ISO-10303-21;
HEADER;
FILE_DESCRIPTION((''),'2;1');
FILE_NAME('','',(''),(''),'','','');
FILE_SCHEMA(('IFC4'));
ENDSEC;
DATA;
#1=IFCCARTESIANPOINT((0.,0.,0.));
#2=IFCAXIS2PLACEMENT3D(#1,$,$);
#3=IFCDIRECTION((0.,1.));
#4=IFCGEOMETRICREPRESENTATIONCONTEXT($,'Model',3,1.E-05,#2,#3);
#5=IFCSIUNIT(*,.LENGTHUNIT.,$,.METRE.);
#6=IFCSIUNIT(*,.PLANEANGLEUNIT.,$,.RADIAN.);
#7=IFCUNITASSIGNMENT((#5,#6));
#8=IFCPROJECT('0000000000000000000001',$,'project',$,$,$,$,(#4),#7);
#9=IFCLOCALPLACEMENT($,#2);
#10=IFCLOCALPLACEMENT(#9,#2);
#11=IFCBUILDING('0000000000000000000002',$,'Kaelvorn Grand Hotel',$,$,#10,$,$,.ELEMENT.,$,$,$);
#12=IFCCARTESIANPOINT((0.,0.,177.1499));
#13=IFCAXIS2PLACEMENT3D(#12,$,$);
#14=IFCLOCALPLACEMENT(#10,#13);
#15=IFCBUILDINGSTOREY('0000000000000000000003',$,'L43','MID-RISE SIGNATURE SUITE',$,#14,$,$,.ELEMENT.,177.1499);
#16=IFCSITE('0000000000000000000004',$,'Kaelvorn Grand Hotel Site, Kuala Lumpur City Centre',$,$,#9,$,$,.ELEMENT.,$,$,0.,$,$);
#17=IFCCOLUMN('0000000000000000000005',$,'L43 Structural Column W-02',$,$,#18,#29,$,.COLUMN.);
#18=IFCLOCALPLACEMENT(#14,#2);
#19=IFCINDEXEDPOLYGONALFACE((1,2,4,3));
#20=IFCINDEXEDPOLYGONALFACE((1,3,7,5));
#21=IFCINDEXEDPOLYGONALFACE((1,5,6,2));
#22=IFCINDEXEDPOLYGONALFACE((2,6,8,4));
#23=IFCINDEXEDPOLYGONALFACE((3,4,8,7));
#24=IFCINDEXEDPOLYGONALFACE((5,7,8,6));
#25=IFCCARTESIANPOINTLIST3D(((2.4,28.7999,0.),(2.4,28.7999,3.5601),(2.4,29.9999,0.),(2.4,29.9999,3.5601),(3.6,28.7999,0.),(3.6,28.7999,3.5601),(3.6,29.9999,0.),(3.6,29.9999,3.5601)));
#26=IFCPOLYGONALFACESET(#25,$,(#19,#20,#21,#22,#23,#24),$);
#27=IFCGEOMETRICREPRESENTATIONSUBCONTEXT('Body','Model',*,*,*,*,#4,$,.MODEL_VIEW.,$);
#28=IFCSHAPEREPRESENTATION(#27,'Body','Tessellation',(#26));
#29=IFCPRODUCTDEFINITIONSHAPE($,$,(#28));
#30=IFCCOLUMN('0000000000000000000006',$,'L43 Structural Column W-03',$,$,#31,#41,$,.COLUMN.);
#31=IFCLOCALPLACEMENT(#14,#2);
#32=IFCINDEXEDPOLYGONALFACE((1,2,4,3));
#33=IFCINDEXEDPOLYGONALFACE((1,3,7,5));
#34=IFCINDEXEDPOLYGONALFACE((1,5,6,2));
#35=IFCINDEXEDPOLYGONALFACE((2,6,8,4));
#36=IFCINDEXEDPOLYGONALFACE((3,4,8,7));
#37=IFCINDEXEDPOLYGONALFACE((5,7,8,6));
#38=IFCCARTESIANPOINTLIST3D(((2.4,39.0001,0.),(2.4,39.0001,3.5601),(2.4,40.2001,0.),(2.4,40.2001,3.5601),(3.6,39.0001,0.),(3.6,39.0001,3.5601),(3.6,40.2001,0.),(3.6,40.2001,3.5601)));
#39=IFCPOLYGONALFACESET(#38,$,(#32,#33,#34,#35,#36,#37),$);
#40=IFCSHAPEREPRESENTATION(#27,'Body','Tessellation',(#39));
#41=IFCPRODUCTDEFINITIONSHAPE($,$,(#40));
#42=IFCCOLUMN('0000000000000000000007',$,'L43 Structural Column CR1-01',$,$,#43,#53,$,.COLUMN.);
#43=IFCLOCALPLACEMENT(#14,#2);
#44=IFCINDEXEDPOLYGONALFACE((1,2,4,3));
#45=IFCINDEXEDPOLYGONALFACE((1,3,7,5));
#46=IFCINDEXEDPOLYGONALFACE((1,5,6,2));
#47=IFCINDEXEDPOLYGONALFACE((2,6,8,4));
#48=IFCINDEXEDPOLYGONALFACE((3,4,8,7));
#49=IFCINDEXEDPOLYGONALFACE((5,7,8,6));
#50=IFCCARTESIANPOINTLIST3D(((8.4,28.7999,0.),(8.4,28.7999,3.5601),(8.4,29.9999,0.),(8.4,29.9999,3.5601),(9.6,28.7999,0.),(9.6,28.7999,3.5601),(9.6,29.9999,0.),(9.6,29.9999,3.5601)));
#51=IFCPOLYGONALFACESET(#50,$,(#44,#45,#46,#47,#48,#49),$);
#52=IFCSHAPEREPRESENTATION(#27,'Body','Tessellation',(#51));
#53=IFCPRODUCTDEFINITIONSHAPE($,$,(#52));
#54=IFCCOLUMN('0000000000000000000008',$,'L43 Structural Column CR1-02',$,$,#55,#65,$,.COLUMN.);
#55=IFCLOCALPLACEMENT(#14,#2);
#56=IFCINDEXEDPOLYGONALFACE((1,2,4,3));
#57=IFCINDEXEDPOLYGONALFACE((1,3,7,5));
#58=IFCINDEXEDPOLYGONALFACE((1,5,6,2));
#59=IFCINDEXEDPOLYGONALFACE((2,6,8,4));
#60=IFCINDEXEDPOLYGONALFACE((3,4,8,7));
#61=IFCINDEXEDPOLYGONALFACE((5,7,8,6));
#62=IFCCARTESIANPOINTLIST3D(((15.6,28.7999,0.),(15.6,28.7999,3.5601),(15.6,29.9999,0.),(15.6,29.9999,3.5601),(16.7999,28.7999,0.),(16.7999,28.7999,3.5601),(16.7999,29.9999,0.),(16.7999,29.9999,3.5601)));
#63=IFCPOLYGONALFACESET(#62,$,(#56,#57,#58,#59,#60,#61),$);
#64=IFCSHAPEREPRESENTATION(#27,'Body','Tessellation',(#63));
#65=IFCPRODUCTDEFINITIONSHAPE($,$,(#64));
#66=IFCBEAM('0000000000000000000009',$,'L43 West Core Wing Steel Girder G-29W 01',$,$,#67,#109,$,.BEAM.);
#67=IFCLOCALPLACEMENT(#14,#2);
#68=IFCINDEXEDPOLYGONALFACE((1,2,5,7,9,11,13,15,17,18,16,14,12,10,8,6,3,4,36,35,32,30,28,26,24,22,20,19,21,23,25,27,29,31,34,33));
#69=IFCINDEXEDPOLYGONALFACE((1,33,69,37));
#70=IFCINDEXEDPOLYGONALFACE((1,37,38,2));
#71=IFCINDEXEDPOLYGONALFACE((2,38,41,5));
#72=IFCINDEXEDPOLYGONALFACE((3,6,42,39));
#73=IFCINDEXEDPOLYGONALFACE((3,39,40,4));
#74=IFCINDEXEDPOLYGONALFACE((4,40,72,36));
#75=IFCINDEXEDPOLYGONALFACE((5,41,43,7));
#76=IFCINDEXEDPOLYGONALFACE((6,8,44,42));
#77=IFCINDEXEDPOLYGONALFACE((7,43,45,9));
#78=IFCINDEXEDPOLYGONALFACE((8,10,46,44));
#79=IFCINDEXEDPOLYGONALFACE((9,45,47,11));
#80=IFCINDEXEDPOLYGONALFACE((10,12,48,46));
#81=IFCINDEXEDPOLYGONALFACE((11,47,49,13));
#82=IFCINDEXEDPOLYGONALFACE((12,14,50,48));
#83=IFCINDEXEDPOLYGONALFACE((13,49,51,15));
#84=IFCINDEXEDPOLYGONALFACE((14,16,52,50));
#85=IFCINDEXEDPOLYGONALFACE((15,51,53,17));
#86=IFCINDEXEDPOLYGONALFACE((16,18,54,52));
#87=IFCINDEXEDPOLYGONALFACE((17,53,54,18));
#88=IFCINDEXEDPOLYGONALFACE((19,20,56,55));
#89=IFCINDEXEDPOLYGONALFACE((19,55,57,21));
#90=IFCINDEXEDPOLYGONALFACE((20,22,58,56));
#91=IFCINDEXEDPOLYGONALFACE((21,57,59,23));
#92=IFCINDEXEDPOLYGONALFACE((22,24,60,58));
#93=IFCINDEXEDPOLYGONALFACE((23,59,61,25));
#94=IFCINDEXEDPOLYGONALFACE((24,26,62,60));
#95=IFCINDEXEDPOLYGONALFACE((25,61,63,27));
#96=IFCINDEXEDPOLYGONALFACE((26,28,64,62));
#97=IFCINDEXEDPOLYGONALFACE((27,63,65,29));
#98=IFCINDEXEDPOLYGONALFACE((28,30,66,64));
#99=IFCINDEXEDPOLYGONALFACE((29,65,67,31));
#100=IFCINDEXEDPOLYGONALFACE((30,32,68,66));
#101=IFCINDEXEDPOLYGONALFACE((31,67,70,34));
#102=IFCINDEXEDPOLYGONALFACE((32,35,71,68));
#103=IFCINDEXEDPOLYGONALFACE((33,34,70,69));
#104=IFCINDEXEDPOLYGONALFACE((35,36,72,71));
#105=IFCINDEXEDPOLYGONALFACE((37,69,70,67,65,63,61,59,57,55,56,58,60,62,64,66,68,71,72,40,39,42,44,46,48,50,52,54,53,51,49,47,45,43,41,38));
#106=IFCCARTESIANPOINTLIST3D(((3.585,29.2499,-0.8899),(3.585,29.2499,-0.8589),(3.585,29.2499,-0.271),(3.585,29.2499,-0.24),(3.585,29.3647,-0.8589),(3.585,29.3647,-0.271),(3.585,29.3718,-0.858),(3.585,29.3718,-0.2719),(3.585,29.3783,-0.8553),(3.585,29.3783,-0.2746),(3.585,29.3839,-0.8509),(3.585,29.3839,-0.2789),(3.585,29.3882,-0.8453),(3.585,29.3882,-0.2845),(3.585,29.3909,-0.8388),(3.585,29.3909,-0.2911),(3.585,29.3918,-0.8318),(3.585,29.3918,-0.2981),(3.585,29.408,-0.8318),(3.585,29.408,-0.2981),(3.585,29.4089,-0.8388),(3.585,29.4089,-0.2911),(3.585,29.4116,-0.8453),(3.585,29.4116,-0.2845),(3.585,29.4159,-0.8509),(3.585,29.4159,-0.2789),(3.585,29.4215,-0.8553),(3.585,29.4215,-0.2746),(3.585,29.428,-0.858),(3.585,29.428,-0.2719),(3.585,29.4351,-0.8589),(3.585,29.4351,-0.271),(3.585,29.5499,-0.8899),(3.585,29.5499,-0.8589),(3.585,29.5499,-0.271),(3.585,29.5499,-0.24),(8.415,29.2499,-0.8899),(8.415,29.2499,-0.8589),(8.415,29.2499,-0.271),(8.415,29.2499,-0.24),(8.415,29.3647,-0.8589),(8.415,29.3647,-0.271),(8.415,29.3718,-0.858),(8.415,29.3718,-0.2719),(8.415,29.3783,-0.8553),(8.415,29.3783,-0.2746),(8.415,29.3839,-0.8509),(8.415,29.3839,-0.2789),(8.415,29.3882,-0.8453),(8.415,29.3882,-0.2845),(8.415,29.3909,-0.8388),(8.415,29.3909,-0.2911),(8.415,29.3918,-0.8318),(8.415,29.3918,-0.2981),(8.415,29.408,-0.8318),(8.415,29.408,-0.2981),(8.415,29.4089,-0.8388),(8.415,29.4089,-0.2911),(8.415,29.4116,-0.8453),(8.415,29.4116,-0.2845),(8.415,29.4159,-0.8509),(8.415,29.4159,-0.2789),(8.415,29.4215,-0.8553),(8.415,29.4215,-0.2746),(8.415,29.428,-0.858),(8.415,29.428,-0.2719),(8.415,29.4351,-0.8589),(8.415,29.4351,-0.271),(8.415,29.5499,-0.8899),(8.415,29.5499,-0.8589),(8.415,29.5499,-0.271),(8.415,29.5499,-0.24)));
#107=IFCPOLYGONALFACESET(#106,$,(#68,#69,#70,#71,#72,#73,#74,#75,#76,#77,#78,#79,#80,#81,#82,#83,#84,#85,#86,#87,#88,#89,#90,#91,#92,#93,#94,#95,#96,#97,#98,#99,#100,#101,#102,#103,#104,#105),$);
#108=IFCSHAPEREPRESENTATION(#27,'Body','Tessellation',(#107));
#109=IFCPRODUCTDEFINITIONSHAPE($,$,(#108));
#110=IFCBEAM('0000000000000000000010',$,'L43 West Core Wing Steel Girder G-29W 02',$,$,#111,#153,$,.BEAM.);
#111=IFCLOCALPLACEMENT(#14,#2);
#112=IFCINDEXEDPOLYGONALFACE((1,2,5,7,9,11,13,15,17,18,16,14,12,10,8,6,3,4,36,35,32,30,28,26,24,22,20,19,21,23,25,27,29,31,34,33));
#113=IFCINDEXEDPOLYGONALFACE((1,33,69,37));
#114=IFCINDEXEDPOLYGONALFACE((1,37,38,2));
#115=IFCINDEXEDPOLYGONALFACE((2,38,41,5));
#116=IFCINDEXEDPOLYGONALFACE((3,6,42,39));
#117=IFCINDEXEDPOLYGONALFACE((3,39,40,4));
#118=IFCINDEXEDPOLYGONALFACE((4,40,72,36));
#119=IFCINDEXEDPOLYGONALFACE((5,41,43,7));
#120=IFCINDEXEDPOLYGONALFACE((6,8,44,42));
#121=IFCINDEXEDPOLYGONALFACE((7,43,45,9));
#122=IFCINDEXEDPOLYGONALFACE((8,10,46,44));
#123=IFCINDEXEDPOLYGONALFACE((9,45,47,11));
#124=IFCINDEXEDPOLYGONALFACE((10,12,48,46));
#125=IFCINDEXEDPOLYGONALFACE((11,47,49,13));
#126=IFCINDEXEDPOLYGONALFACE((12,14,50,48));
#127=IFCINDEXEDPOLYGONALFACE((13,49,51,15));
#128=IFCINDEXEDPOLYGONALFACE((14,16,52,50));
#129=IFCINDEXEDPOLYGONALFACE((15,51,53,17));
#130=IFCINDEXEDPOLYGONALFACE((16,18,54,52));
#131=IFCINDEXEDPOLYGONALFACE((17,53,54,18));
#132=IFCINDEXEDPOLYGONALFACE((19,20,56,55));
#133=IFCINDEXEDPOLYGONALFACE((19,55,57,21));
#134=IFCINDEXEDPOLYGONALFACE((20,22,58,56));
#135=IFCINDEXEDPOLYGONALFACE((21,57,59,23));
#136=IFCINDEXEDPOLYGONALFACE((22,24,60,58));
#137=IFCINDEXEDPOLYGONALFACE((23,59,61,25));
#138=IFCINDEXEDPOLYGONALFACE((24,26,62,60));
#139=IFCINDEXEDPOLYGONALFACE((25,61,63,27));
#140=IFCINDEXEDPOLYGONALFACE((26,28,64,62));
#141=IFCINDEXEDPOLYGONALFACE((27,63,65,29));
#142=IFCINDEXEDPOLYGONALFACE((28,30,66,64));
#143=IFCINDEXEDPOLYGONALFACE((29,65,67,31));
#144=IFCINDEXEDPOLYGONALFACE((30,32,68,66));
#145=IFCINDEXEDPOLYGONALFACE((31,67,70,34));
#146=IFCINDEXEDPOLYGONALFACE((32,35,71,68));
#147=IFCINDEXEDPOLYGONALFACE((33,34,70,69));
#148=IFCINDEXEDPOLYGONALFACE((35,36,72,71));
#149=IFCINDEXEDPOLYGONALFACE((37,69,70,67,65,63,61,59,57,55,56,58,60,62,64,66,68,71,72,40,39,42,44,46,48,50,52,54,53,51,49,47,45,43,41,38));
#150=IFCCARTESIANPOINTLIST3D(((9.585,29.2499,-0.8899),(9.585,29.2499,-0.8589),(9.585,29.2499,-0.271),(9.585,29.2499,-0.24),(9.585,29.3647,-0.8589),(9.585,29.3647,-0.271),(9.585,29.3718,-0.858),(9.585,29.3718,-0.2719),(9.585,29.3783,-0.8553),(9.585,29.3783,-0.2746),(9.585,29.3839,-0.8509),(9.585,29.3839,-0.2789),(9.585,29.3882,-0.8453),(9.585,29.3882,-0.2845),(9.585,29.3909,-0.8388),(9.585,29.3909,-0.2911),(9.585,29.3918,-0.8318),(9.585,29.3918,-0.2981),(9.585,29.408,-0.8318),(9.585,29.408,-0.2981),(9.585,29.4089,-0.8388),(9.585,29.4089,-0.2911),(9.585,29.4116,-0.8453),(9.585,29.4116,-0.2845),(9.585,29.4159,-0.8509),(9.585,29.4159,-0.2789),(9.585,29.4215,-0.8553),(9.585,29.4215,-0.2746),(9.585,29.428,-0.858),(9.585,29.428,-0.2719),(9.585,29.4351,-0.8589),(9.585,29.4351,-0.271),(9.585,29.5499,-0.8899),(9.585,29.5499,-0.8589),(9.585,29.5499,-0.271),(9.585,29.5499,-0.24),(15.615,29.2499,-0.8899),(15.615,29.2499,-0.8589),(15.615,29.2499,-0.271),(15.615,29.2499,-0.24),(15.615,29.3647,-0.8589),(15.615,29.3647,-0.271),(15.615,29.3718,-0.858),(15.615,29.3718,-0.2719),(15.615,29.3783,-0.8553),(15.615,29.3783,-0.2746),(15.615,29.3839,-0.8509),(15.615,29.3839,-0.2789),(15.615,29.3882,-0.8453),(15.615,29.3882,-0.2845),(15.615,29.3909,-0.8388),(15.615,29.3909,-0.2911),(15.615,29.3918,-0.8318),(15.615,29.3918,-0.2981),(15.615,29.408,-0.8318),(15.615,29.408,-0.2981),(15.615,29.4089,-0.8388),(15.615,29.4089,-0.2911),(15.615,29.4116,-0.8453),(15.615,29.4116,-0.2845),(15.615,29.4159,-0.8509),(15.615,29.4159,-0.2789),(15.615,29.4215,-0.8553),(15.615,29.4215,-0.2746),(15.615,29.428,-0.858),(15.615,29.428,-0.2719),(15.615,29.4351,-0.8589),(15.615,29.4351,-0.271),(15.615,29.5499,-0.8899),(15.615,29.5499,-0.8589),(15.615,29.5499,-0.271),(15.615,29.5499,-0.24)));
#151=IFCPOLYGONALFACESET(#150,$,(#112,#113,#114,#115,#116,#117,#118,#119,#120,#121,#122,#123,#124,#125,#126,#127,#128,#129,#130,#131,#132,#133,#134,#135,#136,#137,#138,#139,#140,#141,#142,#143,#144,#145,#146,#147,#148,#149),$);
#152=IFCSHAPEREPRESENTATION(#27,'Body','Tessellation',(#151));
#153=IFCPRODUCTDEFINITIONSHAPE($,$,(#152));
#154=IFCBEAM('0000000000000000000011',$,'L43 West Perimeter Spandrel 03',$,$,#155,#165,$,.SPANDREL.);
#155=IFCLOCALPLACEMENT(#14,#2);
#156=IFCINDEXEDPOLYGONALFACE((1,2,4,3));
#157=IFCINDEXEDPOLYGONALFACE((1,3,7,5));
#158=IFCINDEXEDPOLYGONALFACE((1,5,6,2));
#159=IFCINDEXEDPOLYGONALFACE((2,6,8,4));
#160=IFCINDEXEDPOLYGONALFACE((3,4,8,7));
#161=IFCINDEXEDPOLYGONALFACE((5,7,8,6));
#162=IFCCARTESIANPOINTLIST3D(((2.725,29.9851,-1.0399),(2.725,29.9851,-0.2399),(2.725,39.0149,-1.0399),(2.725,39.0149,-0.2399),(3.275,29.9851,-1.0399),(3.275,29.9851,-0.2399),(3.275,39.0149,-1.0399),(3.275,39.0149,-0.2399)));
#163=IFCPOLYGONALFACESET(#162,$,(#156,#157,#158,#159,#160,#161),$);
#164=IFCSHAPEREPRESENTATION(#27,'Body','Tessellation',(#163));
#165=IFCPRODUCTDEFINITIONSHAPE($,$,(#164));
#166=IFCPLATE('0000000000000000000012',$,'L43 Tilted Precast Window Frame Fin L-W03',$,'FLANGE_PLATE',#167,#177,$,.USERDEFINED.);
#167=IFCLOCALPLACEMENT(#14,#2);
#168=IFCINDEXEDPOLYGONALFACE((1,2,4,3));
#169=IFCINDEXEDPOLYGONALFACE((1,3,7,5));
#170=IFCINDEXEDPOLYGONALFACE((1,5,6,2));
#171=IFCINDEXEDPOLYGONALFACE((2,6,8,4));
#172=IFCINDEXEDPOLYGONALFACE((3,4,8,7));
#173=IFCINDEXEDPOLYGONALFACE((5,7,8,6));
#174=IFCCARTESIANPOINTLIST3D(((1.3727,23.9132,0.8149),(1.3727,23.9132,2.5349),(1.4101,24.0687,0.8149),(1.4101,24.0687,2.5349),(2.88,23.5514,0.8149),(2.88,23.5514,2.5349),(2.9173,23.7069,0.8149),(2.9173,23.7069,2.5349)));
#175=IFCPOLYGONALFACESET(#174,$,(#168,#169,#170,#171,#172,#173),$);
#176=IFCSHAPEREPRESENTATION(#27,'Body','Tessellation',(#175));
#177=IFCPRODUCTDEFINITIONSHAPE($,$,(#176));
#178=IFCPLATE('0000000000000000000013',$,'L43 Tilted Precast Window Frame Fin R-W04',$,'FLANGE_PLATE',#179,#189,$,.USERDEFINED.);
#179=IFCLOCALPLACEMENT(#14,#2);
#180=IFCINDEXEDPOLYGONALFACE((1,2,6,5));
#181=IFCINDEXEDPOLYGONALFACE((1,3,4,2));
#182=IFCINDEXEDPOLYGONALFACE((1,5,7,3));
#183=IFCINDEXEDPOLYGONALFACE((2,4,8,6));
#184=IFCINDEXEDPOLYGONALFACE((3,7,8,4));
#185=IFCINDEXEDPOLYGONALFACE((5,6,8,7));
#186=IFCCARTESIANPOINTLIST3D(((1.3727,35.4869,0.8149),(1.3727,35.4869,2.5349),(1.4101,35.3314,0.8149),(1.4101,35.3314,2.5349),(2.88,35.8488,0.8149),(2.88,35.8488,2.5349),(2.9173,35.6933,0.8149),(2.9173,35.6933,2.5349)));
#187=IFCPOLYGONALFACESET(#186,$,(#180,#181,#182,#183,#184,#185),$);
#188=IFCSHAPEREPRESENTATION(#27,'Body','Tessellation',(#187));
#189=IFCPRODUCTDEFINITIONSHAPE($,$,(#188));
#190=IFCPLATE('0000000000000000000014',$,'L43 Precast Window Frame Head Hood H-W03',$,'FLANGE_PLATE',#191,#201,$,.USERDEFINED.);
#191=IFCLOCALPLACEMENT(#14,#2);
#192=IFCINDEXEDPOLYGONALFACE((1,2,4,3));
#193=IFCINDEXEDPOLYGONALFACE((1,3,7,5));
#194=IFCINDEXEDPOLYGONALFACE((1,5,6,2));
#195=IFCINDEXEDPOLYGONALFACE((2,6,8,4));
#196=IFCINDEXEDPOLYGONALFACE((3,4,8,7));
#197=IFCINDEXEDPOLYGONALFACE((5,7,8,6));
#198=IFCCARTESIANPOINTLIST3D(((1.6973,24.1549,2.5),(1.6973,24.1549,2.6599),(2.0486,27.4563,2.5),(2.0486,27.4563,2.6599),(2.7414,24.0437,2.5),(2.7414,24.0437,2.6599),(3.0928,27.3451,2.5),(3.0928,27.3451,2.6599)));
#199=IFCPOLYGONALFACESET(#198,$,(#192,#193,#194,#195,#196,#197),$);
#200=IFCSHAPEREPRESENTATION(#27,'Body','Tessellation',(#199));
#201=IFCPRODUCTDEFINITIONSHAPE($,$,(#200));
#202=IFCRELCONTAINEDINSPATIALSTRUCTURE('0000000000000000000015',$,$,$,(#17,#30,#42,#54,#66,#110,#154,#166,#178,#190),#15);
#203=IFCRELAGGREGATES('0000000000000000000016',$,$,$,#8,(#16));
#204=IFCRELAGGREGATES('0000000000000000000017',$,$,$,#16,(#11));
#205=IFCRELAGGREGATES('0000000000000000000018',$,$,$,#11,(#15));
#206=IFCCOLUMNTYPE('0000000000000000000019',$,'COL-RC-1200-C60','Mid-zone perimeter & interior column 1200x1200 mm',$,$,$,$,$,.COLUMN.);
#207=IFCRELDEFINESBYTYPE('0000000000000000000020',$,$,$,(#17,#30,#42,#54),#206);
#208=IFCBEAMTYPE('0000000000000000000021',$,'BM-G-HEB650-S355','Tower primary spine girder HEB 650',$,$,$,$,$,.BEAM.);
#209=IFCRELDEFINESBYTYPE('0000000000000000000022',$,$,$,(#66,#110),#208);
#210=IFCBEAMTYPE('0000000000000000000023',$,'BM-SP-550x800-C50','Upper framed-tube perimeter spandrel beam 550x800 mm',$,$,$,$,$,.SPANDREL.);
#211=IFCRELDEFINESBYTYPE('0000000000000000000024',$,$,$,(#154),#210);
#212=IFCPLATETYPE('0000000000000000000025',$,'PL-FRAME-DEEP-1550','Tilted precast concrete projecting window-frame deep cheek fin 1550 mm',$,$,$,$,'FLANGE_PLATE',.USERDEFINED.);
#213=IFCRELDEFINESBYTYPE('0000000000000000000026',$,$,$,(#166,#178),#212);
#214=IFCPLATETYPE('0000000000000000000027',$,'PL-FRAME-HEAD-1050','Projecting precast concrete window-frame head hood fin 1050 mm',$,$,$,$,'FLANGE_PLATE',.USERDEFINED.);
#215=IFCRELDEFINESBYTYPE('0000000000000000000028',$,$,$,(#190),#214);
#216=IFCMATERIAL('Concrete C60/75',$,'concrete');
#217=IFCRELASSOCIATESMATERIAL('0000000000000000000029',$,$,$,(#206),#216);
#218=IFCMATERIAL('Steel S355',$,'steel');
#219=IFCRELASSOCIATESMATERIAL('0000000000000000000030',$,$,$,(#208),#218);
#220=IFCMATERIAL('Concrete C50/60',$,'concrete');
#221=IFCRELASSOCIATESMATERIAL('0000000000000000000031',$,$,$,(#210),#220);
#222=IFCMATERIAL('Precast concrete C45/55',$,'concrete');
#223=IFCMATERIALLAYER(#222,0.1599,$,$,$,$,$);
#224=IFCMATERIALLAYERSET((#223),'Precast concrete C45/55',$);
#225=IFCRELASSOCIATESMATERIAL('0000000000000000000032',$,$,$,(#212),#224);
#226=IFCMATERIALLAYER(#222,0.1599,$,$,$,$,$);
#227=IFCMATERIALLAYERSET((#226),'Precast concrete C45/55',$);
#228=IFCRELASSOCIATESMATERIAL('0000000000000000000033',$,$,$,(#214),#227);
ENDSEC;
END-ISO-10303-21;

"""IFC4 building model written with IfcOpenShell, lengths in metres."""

from ifc_helpers import new_model, si_unit, direction, frame, origin, origin_2d, place, context, subcontext, project, spatial, rectangle, i_section, extrude, material, layer, layer_set, material_profile, profile_set, type_object, element, save


model = new_model("IFC4")

# Units and contexts
model_context = context("Model", 3, precision=1e-05, world=origin(), true_north=direction((0.0, 1.0)))
body_context = subcontext(model_context, "Body", "Model", "MODEL_VIEW")
ifc_project = project(units=[si_unit("LENGTHUNIT", "METRE"), si_unit("PLANEANGLEUNIT", "RADIAN")], contexts=[model_context])

# Site, building, storey
site_placement = place(None, origin())
site = spatial("IfcSite", under=ifc_project, at=site_placement, Name="Kaelvorn Grand Hotel Site, Kuala Lumpur City Centre", CompositionType="ELEMENT", RefElevation=0.0)
building_placement = place(site_placement, origin())
building = spatial("IfcBuilding", under=site, at=building_placement, Name="Kaelvorn Grand Hotel", CompositionType="ELEMENT")
storey_placement = place(building_placement, frame((0.0, 0.0, 177.1499)))
storey = spatial("IfcBuildingStorey", under=building, at=storey_placement, Name="L43", Description="MID-RISE SIGNATURE SUITE", CompositionType="ELEMENT", Elevation=177.1499)

# Columns
ifc_material_1 = material(Name="Concrete C60/75", Category="concrete")
ifc_material_profile_1 = material_profile(ifc_material_1, rectangle(XDim=1.2, YDim=1.2, at=origin_2d()), Name="RC COL 1200x1200")
ifc_profile_set_1 = profile_set([ifc_material_profile_1], Name="Concrete C60/75")
column_type = type_object("IfcColumnType", Name="COL-RC-1200-C60", Description="Mid-zone perimeter & interior column 1200x1200 mm", PredefinedType="COLUMN", material=ifc_profile_set_1)
for number, where, z_axis, x_axis, name in (
    (1, (3.0, 29.3999, 0.0), (0.0, 0.0, 1.0), (1.0, 0.0, 0.0), "L43 Structural Column W-02"),
    (2, (3.0, 39.6001, 0.0), (0.0, 0.0, 1.0), (1.0, 0.0, 0.0), "L43 Structural Column W-03"),
    (3, (9.0, 29.3999, 0.0), (0.0, 0.0, 1.0), (1.0, 0.0, 0.0), "L43 Structural Column CR1-01"),
    (4, (16.2, 29.3999, 0.0), (0.0, 0.0, 1.0), (1.0, 0.0, 0.0), "L43 Structural Column CR1-02"),
):
    element("IfcColumn", number, at=place(storey_placement, frame(where, z_axis=z_axis, x_axis=x_axis)), inside=storey, type_object=column_type, Name=name, PredefinedType="COLUMN", context=body_context, shape_type="SweptSolid", body=[
        extrude(rectangle(XDim=1.2, YDim=1.2, at=origin_2d()), origin(), (0.0, 0.0, 1.0), 3.5601),
    ])

# Beams
ifc_material_2 = material(Name="Steel S355", Category="steel")
ifc_material_profile_2 = material_profile(ifc_material_2, i_section(OverallWidth=0.3, OverallDepth=0.6499, WebThickness=0.0161, FlangeThickness=0.031, FilletRadius=0.0271, at=origin_2d()), Name="HEB 650")
ifc_profile_set_2 = profile_set([ifc_material_profile_2], Name="Steel S355")
beam_type_1 = type_object("IfcBeamType", Name="BM-G-HEB650-S355", Description="Tower primary spine girder HEB 650", PredefinedType="BEAM", material=ifc_profile_set_2)
beam_1_placement = place(storey_placement, frame((3.585, 29.3999, -0.5649), z_axis=(1.0, 0.0, 0.0), x_axis=(0.0, 1.0, 0.0)))
element("IfcBeam", 5, at=beam_1_placement, inside=storey, type_object=beam_type_1, Name="L43 West Core Wing Steel Girder G-29W 01", PredefinedType="BEAM", context=body_context, shape_type="SweptSolid", body=[
    extrude(i_section(OverallWidth=0.3, OverallDepth=0.6499, WebThickness=0.0161, FlangeThickness=0.031, FilletRadius=0.0271, at=origin_2d()), origin(), (0.0, 0.0, 1.0), 4.8301),
])
beam_2_placement = place(storey_placement, frame((9.585, 29.3999, -0.5649), z_axis=(1.0, 0.0, 0.0), x_axis=(0.0, 1.0, 0.0)))
element("IfcBeam", 6, at=beam_2_placement, inside=storey, type_object=beam_type_1, Name="L43 West Core Wing Steel Girder G-29W 02", PredefinedType="BEAM", context=body_context, shape_type="SweptSolid", body=[
    extrude(i_section(OverallWidth=0.3, OverallDepth=0.6499, WebThickness=0.0161, FlangeThickness=0.031, FilletRadius=0.0271, at=origin_2d()), origin(), (0.0, 0.0, 1.0), 6.03),
])
ifc_material_3 = material(Name="Concrete C50/60", Category="concrete")
ifc_material_profile_3 = material_profile(ifc_material_3, rectangle(XDim=0.55, YDim=0.8, at=origin_2d()), Name="RC SPANDREL 550x800")
ifc_profile_set_3 = profile_set([ifc_material_profile_3], Name="Concrete C50/60")
beam_type_2 = type_object("IfcBeamType", Name="BM-SP-550x800-C50", Description="Upper framed-tube perimeter spandrel beam 550x800 mm", PredefinedType="SPANDREL", material=ifc_profile_set_3)
beam_3_placement = place(storey_placement, frame((3.0, 29.9851, -0.6399), z_axis=(0.0, 1.0, 0.0), x_axis=(-1.0, 0.0, 0.0)))
element("IfcBeam", 7, at=beam_3_placement, inside=storey, type_object=beam_type_2, Name="L43 West Perimeter Spandrel 03", PredefinedType="SPANDREL", context=body_context, shape_type="SweptSolid", body=[
    extrude(rectangle(XDim=0.55, YDim=0.8, at=origin_2d()), origin(), (0.0, 0.0, 1.0), 9.0298),
])

# Plates
ifc_material_4 = material(Name="Precast concrete C45/55", Category="concrete")
ifc_layer_1 = layer(ifc_material_4, 0.1599)
ifc_layer_set_1 = layer_set([ifc_layer_1], Name="Precast concrete C45/55")
plate_type_1 = type_object("IfcPlateType", Name="PL-FRAME-DEEP-1550", Description="Tilted precast concrete projecting window-frame deep cheek fin 1550 mm", ElementType="FLANGE_PLATE", PredefinedType="USERDEFINED", material=ifc_layer_set_1)
for number, where, z_axis, x_axis, name in (
    (8, (2.145, 23.8101, 0.8149), (0.0, 0.0, 1.0), (0.233445, 0.97237, 0.0), "L43 Tilted Precast Window Frame Fin L-W03"),
    (9, (2.145, 35.5901, 0.8149), (0.0, 0.0, 1.0), (-0.233445, 0.97237, 0.0), "L43 Tilted Precast Window Frame Fin R-W04"),
):
    element("IfcPlate", number, at=place(storey_placement, frame(where, z_axis=z_axis, x_axis=x_axis)), inside=storey, type_object=plate_type_1, Name=name, ObjectType="FLANGE_PLATE", PredefinedType="USERDEFINED", context=body_context, shape_type="SweptSolid", body=[
        extrude(rectangle(XDim=0.1599, YDim=1.55, at=origin_2d()), origin(), (0.0, 0.0, 1.0), 1.72),
    ])
ifc_layer_2 = layer(ifc_material_4, 0.1599)
ifc_layer_set_2 = layer_set([ifc_layer_2], Name="Precast concrete C45/55")
plate_type_2 = type_object("IfcPlateType", Name="PL-FRAME-HEAD-1050", Description="Projecting precast concrete window-frame head hood fin 1050 mm", ElementType="FLANGE_PLATE", PredefinedType="USERDEFINED", material=ifc_layer_set_2)
for number, where, z_axis, x_axis, name in (
    (10, (2.395, 25.75, 2.5), (0.0, 0.0, 1.0), (0.10583, 0.994384, 0.0), "L43 Precast Window Frame Head Hood H-W03"),
):
    element("IfcPlate", number, at=place(storey_placement, frame(where, z_axis=z_axis, x_axis=x_axis)), inside=storey, type_object=plate_type_2, Name=name, ObjectType="FLANGE_PLATE", PredefinedType="USERDEFINED", context=body_context, shape_type="SweptSolid", body=[
        extrude(rectangle(XDim=3.3201, YDim=1.05, at=origin_2d()), origin(), (0.0, 0.0, 1.0), 0.1599),
    ])

save(model, "model.ifc")
